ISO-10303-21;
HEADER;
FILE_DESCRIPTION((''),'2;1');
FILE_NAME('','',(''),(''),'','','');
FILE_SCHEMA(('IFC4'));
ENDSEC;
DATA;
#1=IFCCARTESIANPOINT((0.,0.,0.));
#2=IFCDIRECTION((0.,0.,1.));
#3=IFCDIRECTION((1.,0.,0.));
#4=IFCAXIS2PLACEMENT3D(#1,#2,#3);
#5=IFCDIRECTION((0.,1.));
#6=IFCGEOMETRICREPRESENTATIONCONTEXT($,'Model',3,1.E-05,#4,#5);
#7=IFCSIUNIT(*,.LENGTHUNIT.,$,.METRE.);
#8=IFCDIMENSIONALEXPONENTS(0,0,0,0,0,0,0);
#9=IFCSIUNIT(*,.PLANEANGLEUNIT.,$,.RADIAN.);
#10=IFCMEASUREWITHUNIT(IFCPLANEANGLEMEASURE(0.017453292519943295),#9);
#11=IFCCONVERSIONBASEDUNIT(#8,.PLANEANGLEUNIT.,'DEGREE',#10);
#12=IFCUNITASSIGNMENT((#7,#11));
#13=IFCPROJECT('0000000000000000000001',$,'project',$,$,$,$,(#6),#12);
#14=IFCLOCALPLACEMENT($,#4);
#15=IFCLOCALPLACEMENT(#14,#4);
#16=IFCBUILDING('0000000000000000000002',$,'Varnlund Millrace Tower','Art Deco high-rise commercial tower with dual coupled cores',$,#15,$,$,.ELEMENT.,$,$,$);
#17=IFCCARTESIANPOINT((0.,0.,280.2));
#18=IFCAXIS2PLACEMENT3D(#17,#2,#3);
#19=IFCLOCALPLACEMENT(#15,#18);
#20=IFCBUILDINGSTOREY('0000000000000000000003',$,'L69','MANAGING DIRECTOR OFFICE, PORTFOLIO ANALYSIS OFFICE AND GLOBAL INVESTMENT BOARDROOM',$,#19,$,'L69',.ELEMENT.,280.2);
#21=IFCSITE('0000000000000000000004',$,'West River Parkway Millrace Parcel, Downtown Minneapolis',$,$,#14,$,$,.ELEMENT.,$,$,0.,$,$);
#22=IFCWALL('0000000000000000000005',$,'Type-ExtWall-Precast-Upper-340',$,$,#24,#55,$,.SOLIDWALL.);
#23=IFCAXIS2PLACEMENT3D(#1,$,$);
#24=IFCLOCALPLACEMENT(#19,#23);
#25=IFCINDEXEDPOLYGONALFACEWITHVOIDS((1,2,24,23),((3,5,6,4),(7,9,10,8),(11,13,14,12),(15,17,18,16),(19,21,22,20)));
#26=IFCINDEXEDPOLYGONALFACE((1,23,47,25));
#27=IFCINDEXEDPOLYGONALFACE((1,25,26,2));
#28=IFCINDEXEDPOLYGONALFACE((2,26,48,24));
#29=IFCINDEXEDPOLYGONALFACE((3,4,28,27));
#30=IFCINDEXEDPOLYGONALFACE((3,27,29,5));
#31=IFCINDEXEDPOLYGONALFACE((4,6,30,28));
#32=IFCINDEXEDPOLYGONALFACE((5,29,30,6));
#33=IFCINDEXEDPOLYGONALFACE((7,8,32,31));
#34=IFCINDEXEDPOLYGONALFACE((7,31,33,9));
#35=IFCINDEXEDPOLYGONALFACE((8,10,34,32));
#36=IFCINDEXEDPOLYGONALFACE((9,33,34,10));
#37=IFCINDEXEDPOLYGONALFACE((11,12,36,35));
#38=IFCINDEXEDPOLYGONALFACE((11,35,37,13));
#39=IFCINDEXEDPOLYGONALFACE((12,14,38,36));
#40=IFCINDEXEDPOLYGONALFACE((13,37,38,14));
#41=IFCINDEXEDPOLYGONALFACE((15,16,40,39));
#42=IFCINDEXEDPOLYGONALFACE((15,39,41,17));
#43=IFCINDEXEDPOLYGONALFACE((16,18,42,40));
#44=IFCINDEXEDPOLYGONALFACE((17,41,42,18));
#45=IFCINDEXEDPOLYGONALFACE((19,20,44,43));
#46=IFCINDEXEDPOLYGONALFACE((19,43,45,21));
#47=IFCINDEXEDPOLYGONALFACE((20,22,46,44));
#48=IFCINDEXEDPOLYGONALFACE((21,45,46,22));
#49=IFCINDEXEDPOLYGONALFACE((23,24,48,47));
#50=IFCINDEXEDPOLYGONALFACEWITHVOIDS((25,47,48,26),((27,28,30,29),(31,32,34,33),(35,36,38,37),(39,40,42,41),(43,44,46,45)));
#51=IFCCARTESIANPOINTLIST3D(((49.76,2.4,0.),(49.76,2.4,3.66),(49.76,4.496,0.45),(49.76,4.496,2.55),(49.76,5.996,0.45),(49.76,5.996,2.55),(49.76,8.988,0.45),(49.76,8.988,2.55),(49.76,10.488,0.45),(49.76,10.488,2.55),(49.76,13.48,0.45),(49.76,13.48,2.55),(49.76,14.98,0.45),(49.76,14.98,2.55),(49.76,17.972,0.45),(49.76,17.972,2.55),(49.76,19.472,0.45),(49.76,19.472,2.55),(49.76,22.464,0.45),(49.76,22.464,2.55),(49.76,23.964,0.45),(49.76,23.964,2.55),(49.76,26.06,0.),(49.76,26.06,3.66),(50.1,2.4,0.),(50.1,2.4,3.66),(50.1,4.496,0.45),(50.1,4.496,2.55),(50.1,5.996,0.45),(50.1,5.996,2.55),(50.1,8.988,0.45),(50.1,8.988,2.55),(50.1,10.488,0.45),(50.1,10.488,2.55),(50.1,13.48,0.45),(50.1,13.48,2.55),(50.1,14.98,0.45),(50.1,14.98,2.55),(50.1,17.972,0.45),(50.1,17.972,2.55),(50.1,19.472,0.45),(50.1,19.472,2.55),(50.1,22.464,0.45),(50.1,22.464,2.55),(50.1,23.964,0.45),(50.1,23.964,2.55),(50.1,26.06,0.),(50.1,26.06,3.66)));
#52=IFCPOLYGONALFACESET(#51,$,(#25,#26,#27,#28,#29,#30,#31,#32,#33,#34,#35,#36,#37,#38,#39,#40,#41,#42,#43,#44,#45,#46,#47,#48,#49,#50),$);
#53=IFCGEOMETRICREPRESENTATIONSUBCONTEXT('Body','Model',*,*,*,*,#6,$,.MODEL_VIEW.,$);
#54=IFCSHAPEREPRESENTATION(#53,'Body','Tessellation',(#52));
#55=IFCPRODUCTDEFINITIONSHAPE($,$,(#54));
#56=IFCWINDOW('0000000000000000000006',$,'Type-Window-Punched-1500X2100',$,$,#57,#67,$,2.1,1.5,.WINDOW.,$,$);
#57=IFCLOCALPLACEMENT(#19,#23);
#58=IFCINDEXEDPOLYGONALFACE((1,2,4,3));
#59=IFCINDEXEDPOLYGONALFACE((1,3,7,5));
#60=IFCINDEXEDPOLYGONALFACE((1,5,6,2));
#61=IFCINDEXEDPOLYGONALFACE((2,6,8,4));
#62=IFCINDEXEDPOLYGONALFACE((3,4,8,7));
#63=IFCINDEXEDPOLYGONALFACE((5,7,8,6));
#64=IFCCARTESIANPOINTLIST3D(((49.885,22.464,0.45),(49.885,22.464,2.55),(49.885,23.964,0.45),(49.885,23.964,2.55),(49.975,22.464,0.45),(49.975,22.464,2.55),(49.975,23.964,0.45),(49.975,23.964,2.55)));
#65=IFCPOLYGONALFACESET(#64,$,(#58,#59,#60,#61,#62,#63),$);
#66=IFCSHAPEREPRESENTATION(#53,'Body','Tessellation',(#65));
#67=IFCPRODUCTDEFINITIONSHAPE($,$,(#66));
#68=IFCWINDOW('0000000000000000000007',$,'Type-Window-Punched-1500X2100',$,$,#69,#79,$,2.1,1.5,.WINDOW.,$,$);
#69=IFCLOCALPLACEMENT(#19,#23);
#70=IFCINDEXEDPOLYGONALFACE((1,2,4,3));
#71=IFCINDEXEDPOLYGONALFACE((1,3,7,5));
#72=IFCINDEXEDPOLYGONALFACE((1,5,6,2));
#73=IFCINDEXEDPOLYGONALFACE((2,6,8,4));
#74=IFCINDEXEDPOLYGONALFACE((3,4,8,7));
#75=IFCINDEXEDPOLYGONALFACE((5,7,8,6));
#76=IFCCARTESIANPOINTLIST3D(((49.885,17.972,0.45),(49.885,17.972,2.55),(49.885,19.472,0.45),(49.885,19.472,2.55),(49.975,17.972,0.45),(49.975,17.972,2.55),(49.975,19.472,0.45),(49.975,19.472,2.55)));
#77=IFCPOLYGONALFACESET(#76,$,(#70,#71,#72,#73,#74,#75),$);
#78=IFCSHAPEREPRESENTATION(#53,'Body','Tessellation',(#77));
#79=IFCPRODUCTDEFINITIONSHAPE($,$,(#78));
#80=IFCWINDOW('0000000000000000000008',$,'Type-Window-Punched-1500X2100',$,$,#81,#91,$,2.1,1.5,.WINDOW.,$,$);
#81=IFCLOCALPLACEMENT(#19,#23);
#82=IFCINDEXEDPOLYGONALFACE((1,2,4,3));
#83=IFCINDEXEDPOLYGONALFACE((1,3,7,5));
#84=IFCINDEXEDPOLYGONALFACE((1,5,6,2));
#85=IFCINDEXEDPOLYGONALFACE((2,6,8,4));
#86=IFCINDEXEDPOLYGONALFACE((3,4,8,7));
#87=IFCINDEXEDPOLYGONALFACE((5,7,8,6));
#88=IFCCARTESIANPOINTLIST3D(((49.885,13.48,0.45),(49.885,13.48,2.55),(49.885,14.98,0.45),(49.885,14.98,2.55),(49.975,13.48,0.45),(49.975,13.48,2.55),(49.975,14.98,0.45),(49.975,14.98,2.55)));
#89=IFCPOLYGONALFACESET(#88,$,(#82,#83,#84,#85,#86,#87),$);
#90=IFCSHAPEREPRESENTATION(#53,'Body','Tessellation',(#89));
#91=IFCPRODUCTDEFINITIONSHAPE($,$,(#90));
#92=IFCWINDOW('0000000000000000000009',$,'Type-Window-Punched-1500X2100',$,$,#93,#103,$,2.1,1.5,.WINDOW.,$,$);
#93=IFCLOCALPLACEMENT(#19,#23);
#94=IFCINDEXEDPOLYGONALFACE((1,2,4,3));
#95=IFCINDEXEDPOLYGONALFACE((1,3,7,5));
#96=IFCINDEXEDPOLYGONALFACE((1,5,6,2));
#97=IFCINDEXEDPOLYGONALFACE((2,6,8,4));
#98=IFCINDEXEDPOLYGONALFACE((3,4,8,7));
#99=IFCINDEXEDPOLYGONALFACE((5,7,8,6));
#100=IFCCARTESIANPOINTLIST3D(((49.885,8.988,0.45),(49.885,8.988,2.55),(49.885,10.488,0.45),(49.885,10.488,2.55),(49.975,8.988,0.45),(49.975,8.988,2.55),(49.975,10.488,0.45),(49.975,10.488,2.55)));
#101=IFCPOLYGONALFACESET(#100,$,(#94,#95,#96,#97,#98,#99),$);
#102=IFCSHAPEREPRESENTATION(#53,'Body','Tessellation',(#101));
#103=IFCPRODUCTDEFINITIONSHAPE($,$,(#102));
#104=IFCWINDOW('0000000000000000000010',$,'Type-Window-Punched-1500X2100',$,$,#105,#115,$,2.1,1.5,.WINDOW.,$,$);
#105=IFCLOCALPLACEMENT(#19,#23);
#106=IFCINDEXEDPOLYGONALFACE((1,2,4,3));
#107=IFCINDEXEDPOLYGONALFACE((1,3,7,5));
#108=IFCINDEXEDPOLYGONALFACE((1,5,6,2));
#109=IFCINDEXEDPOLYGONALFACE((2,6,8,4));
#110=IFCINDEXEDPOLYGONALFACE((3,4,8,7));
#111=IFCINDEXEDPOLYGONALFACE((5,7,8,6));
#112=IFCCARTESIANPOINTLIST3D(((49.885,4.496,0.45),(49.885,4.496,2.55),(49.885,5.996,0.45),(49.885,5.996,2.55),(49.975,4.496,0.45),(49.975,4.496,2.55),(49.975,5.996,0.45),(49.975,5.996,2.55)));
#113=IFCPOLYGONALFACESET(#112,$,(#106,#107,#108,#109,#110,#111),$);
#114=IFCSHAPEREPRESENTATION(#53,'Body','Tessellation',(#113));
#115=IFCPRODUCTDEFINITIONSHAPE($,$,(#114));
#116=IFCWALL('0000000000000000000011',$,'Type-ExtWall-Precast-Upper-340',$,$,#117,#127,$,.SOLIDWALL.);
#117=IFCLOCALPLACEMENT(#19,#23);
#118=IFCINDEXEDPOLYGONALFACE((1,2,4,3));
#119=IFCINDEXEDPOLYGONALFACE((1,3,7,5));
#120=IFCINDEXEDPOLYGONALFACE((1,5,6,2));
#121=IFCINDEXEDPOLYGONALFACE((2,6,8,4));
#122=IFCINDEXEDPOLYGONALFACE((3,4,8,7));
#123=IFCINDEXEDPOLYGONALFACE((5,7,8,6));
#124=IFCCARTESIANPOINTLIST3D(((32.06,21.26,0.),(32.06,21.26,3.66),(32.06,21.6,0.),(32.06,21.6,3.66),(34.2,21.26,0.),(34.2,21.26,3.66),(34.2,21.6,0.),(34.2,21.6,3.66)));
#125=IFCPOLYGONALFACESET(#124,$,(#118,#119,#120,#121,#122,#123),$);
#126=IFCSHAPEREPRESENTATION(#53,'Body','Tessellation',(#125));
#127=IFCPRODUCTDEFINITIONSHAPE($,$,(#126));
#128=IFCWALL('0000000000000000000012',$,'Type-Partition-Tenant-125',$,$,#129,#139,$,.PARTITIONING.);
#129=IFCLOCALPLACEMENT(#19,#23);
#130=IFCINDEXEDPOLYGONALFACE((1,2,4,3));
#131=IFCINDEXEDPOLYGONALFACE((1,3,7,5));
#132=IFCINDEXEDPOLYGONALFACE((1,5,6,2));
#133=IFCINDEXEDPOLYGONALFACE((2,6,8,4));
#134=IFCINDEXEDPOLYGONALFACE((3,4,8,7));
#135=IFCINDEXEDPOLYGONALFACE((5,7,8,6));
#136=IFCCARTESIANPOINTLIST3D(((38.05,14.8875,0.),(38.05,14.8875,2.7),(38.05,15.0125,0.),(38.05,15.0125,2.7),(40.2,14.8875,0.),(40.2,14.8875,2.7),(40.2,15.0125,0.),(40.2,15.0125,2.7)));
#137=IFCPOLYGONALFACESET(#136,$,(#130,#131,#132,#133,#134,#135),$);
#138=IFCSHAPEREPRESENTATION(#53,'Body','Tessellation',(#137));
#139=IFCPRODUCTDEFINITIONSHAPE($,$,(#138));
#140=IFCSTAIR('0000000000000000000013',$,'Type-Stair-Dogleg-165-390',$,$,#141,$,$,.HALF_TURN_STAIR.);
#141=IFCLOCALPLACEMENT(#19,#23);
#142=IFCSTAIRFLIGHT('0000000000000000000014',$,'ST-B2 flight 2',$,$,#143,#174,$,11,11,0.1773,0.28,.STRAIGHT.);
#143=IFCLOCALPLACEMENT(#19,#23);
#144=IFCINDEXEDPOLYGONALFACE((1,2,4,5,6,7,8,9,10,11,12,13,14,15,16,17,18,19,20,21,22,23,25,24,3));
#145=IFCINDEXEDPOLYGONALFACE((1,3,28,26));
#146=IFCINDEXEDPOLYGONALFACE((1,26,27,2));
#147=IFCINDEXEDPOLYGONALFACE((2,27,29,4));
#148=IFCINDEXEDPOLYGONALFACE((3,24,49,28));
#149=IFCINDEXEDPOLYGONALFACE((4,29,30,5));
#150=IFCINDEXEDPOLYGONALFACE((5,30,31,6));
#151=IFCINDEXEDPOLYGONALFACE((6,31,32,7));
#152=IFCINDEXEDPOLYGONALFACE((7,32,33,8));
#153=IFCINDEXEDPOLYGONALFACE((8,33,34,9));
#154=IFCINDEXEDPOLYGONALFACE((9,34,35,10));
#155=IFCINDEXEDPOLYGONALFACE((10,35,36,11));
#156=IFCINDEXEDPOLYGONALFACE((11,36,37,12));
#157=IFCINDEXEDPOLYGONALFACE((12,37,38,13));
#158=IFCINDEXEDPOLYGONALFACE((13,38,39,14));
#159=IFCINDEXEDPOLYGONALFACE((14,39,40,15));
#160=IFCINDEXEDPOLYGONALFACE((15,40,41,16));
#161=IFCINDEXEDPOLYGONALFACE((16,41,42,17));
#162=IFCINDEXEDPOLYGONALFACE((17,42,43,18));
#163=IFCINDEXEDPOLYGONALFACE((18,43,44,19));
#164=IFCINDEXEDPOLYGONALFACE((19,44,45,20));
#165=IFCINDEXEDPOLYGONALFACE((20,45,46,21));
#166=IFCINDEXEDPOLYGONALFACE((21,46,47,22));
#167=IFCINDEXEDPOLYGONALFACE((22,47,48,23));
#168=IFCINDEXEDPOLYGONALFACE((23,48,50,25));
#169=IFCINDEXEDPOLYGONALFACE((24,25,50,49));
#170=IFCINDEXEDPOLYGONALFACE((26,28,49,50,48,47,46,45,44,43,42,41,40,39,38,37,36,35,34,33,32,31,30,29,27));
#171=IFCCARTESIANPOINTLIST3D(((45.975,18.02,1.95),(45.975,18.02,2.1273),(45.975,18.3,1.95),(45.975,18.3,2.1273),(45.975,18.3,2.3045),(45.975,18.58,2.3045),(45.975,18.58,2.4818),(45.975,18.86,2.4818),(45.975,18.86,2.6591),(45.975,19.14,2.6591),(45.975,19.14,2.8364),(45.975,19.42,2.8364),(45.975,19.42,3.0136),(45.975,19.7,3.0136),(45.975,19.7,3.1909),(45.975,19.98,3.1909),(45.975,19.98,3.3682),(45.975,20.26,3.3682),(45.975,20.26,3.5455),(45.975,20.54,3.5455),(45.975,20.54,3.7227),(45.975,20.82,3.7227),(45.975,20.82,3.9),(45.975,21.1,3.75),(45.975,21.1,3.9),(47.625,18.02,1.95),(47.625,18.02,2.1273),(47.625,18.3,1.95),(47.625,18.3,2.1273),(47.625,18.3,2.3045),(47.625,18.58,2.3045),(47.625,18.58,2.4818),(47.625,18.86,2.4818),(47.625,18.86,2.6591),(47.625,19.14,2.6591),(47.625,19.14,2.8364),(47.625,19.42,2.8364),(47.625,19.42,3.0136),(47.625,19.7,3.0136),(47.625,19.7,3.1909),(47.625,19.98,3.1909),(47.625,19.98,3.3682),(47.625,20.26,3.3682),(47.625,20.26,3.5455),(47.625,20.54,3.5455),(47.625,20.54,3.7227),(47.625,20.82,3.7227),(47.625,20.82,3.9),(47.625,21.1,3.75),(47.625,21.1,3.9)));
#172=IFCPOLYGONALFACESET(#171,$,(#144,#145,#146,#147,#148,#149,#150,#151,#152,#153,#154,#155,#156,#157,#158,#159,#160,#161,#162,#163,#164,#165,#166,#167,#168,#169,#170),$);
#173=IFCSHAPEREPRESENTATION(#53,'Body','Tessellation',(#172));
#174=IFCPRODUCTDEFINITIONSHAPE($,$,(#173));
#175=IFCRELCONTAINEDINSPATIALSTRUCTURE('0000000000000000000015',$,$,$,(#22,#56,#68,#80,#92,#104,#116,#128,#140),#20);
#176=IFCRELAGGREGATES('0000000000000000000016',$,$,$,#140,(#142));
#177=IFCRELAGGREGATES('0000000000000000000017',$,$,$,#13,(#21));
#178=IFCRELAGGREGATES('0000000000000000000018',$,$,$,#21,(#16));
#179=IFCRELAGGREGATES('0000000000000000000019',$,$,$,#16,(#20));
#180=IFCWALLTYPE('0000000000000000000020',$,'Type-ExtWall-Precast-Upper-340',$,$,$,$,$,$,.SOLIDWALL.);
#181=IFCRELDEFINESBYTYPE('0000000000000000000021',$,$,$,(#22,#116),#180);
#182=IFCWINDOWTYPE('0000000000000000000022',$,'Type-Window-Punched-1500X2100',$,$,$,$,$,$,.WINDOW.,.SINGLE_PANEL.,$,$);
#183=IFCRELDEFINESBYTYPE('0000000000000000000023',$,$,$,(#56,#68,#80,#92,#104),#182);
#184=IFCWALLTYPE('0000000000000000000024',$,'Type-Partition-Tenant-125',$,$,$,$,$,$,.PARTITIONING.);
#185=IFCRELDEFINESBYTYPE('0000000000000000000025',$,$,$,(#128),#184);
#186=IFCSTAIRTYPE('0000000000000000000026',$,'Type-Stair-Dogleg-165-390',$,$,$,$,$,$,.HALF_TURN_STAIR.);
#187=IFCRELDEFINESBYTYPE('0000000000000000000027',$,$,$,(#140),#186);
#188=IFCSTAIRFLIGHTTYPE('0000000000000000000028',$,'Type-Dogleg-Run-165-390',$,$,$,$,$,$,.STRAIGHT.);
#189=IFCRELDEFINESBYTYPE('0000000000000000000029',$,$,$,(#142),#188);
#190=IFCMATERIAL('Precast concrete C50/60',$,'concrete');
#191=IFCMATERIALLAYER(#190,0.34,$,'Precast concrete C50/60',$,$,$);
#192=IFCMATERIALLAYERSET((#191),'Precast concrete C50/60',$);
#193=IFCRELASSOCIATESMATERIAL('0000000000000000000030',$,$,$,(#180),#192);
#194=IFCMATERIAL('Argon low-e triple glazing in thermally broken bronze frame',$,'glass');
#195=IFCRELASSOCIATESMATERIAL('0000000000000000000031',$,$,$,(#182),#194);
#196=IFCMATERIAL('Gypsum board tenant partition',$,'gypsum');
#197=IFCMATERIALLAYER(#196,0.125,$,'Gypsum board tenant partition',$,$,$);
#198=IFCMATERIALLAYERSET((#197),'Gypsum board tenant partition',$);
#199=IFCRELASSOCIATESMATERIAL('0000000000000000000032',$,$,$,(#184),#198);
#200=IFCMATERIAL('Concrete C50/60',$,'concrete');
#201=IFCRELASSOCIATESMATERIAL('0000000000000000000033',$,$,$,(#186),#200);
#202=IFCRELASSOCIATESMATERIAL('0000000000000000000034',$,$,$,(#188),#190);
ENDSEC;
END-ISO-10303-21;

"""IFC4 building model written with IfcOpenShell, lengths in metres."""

from ifc_helpers import new_model, entity, si_unit, converted_unit, direction, frame, origin_with_axes, origin_2d_with_axis, place, context, subcontext, project, spatial, polyline, rectangle, outline, extrude, material, layer, layer_set, type_object, element, fill, aggregate, save


model = new_model("IFC4")

# Units and contexts
model_context = context("Model", 3, precision=1e-05, world=origin_with_axes(), true_north=direction((0.0, 1.0)))
body_context = subcontext(model_context, "Body", "Model", "MODEL_VIEW")
ifc_project = project(units=[si_unit("LENGTHUNIT", "METRE"), converted_unit("PLANEANGLEUNIT", "DEGREE", entity("IfcPlaneAngleMeasure", 0.017453292519943295), si_unit("PLANEANGLEUNIT", "RADIAN"), dimensions=[0, 0, 0, 0, 0, 0, 0])], contexts=[model_context])

# Site, building, storey
site_placement = place(None, origin_with_axes())
site = spatial("IfcSite", under=ifc_project, at=site_placement, Name="West River Parkway Millrace Parcel, Downtown Minneapolis", CompositionType="ELEMENT", RefElevation=0.0)
building_placement = place(site_placement, origin_with_axes())
building = spatial("IfcBuilding", under=site, at=building_placement, Name="Varnlund Millrace Tower", Description="Art Deco high-rise commercial tower with dual coupled cores", CompositionType="ELEMENT")
storey_placement = place(building_placement, frame((0.0, 0.0, 280.2), z_axis=(0.0, 0.0, 1.0), x_axis=(1.0, 0.0, 0.0)))
storey = spatial("IfcBuildingStorey", under=building, at=storey_placement, Name="L69", Description="MANAGING DIRECTOR OFFICE, PORTFOLIO ANALYSIS OFFICE AND GLOBAL INVESTMENT BOARDROOM", LongName="L69", CompositionType="ELEMENT", Elevation=280.2)

# Shared definitions
ifc_material_1 = material(Name="Precast concrete C50/60", Category="concrete")
ifc_layer_1 = layer(ifc_material_1, 0.34, Name="Precast concrete C50/60")
ifc_layer_set_1 = layer_set([ifc_layer_1], Name="Precast concrete C50/60")
wall_type_1 = type_object("IfcWallType", Name="Type-ExtWall-Precast-Upper-340", PredefinedType="SOLIDWALL", material=ifc_layer_set_1)
ifc_material_2 = material(Name="Argon low-e triple glazing in thermally broken bronze frame", Category="glass")
window_type = type_object("IfcWindowType", Name="Type-Window-Punched-1500X2100", PartitioningType="SINGLE_PANEL", PredefinedType="WINDOW", material=ifc_material_2)

# Wall, openings, windows
wall_1_placement = place(storey_placement, frame((49.93, 26.06, 0.0), z_axis=(0.0, 0.0, 1.0), x_axis=(0.0, -1.0, 0.0)))
wall_1 = element("IfcWall", 1, at=wall_1_placement, inside=storey, type_object=wall_type_1, Name="Type-ExtWall-Precast-Upper-340", PredefinedType="SOLIDWALL", context=body_context, shape_type="SweptSolid", body=[
    extrude(outline(polyline([(0.0, -0.17), (23.66, -0.17), (23.66, 0.17), (0.0, 0.17), (0.0, -0.17)])), origin_with_axes(), (0.0, 0.0, 1.0), 3.66),
])
opening_1_placement = place(wall_1_placement, frame((2.846, 0.0, 0.45), z_axis=(0.0, 0.0, 1.0), x_axis=(1.0, 0.0, 0.0)))
opening_1 = element("IfcOpeningElement", 2, at=opening_1_placement, cuts=wall_1, PredefinedType="OPENING", context=body_context, shape_type="SweptSolid", body=[
    extrude(rectangle(XDim=1.5, YDim=0.36, at=origin_2d_with_axis()), origin_with_axes(), (0.0, 0.0, 1.0), 2.1),
])
opening_2_placement = place(wall_1_placement, frame((7.338, 0.0, 0.45), z_axis=(0.0, 0.0, 1.0), x_axis=(1.0, 0.0, 0.0)))
opening_2 = element("IfcOpeningElement", 3, at=opening_2_placement, cuts=wall_1, PredefinedType="OPENING", context=body_context, shape_type="SweptSolid", body=[
    extrude(rectangle(XDim=1.5, YDim=0.36, at=origin_2d_with_axis()), origin_with_axes(), (0.0, 0.0, 1.0), 2.1),
])
opening_3_placement = place(wall_1_placement, frame((11.83, 0.0, 0.45), z_axis=(0.0, 0.0, 1.0), x_axis=(1.0, 0.0, 0.0)))
opening_3 = element("IfcOpeningElement", 4, at=opening_3_placement, cuts=wall_1, PredefinedType="OPENING", context=body_context, shape_type="SweptSolid", body=[
    extrude(rectangle(XDim=1.5, YDim=0.36, at=origin_2d_with_axis()), origin_with_axes(), (0.0, 0.0, 1.0), 2.1),
])
opening_4_placement = place(wall_1_placement, frame((16.322, 0.0, 0.45), z_axis=(0.0, 0.0, 1.0), x_axis=(1.0, 0.0, 0.0)))
opening_4 = element("IfcOpeningElement", 5, at=opening_4_placement, cuts=wall_1, PredefinedType="OPENING", context=body_context, shape_type="SweptSolid", body=[
    extrude(rectangle(XDim=1.5, YDim=0.36, at=origin_2d_with_axis()), origin_with_axes(), (0.0, 0.0, 1.0), 2.1),
])
opening_5_placement = place(wall_1_placement, frame((20.814, 0.0, 0.45), z_axis=(0.0, 0.0, 1.0), x_axis=(1.0, 0.0, 0.0)))
opening_5 = element("IfcOpeningElement", 6, at=opening_5_placement, cuts=wall_1, PredefinedType="OPENING", context=body_context, shape_type="SweptSolid", body=[
    extrude(rectangle(XDim=1.5, YDim=0.36, at=origin_2d_with_axis()), origin_with_axes(), (0.0, 0.0, 1.0), 2.1),
])
window_1_placement = place(wall_1_placement, frame((2.846, 0.0, 0.45), z_axis=(0.0, 0.0, 1.0), x_axis=(1.0, 0.0, 0.0)))
window_1 = element("IfcWindow", 7, at=window_1_placement, inside=storey, type_object=window_type, Name="Type-Window-Punched-1500X2100", OverallHeight=2.1, OverallWidth=1.5, PredefinedType="WINDOW", context=body_context, shape_type="SweptSolid", body=[
    extrude(rectangle(XDim=1.5, YDim=0.09, at=origin_2d_with_axis()), origin_with_axes(), (0.0, 0.0, 1.0), 2.1),
])
fill(opening_1, window_1)
window_2_placement = place(wall_1_placement, frame((7.338, 0.0, 0.45), z_axis=(0.0, 0.0, 1.0), x_axis=(1.0, 0.0, 0.0)))
window_2 = element("IfcWindow", 8, at=window_2_placement, inside=storey, type_object=window_type, Name="Type-Window-Punched-1500X2100", OverallHeight=2.1, OverallWidth=1.5, PredefinedType="WINDOW", context=body_context, shape_type="SweptSolid", body=[
    extrude(rectangle(XDim=1.5, YDim=0.09, at=origin_2d_with_axis()), origin_with_axes(), (0.0, 0.0, 1.0), 2.1),
])
fill(opening_2, window_2)
window_3_placement = place(wall_1_placement, frame((11.83, 0.0, 0.45), z_axis=(0.0, 0.0, 1.0), x_axis=(1.0, 0.0, 0.0)))
window_3 = element("IfcWindow", 9, at=window_3_placement, inside=storey, type_object=window_type, Name="Type-Window-Punched-1500X2100", OverallHeight=2.1, OverallWidth=1.5, PredefinedType="WINDOW", context=body_context, shape_type="SweptSolid", body=[
    extrude(rectangle(XDim=1.5, YDim=0.09, at=origin_2d_with_axis()), origin_with_axes(), (0.0, 0.0, 1.0), 2.1),
])
fill(opening_3, window_3)
window_4_placement = place(wall_1_placement, frame((16.322, 0.0, 0.45), z_axis=(0.0, 0.0, 1.0), x_axis=(1.0, 0.0, 0.0)))
window_4 = element("IfcWindow", 10, at=window_4_placement, inside=storey, type_object=window_type, Name="Type-Window-Punched-1500X2100", OverallHeight=2.1, OverallWidth=1.5, PredefinedType="WINDOW", context=body_context, shape_type="SweptSolid", body=[
    extrude(rectangle(XDim=1.5, YDim=0.09, at=origin_2d_with_axis()), origin_with_axes(), (0.0, 0.0, 1.0), 2.1),
])
fill(opening_4, window_4)
window_5_placement = place(wall_1_placement, frame((20.814, 0.0, 0.45), z_axis=(0.0, 0.0, 1.0), x_axis=(1.0, 0.0, 0.0)))
window_5 = element("IfcWindow", 11, at=window_5_placement, inside=storey, type_object=window_type, Name="Type-Window-Punched-1500X2100", OverallHeight=2.1, OverallWidth=1.5, PredefinedType="WINDOW", context=body_context, shape_type="SweptSolid", body=[
    extrude(rectangle(XDim=1.5, YDim=0.09, at=origin_2d_with_axis()), origin_with_axes(), (0.0, 0.0, 1.0), 2.1),
])
fill(opening_5, window_5)

# Walls
wall_2_placement = place(storey_placement, frame((32.06, 21.43, 0.0), z_axis=(0.0, 0.0, 1.0), x_axis=(1.0, 0.0, 0.0)))
element("IfcWall", 12, at=wall_2_placement, inside=storey, type_object=wall_type_1, Name="Type-ExtWall-Precast-Upper-340", PredefinedType="SOLIDWALL", context=body_context, shape_type="SweptSolid", body=[
    extrude(outline(polyline([(0.0, -0.17), (2.14, -0.17), (2.14, 0.17), (0.0, 0.17), (0.0, -0.17)])), origin_with_axes(), (0.0, 0.0, 1.0), 3.66),
])
ifc_material_3 = material(Name="Gypsum board tenant partition", Category="gypsum")
ifc_layer_2 = layer(ifc_material_3, 0.125, Name="Gypsum board tenant partition")
ifc_layer_set_2 = layer_set([ifc_layer_2], Name="Gypsum board tenant partition")
wall_type_2 = type_object("IfcWallType", Name="Type-Partition-Tenant-125", PredefinedType="PARTITIONING", material=ifc_layer_set_2)
wall_3_placement = place(storey_placement, frame((38.05, 14.95, 0.0), z_axis=(0.0, 0.0, 1.0), x_axis=(1.0, 0.0, 0.0)))
element("IfcWall", 13, at=wall_3_placement, inside=storey, type_object=wall_type_2, Name="Type-Partition-Tenant-125", PredefinedType="PARTITIONING", context=body_context, shape_type="SweptSolid", body=[
    extrude(outline(polyline([(0.0, -0.0625), (2.15, -0.0625), (2.15, 0.0625), (0.0, 0.0625), (0.0, -0.0625)])), origin_with_axes(), (0.0, 0.0, 1.0), 2.7),
])

# Stair, stair flight
ifc_material_4 = material(Name="Concrete C50/60", Category="concrete")
stair_type = type_object("IfcStairType", Name="Type-Stair-Dogleg-165-390", PredefinedType="HALF_TURN_STAIR", material=ifc_material_4)
stair_placement = place(storey_placement, origin_with_axes())
stair = element("IfcStair", 14, at=stair_placement, inside=storey, type_object=stair_type, Name="Type-Stair-Dogleg-165-390", PredefinedType="HALF_TURN_STAIR")
stair_flight_type = type_object("IfcStairFlightType", Name="Type-Dogleg-Run-165-390", PredefinedType="STRAIGHT", material=ifc_material_1)
stair_flight_placement = place(storey_placement, frame((45.975, 18.02, 1.95), z_axis=(1.0, 0.0, 0.0), x_axis=(0.0, 1.0, 0.0)))
stair_flight = element("IfcStairFlight", 15, at=stair_flight_placement, type_object=stair_flight_type, Name="ST-B2 flight 2", NumberOfRisers=11, NumberOfTreads=11, PredefinedType="STRAIGHT", RiserHeight=0.1773, TreadLength=0.28, context=body_context, shape_type="SweptSolid", body=[
    extrude(outline(polyline([(0.0, 0.0), (0.0, 0.1773), (0.28, 0.1773), (0.28, 0.3545), (0.56, 0.3545), (0.56, 0.5318), (0.84, 0.5318), (0.84, 0.7091), (1.12, 0.7091), (1.12, 0.8864), (1.4, 0.8864), (1.4, 1.0636), (1.68, 1.0636), (1.68, 1.2409), (1.96, 1.2409), (1.96, 1.4182), (2.24, 1.4182), (2.24, 1.5955), (2.52, 1.5955), (2.52, 1.7727), (2.8, 1.7727), (2.8, 1.95), (3.08, 1.95), (3.08, 1.8), (0.28, 0.0), (0.0, 0.0)])), origin_with_axes(), (0.0, 0.0, 1.0), 1.65),
])
aggregate(stair, [stair_flight])

save(model, "model.ifc")
